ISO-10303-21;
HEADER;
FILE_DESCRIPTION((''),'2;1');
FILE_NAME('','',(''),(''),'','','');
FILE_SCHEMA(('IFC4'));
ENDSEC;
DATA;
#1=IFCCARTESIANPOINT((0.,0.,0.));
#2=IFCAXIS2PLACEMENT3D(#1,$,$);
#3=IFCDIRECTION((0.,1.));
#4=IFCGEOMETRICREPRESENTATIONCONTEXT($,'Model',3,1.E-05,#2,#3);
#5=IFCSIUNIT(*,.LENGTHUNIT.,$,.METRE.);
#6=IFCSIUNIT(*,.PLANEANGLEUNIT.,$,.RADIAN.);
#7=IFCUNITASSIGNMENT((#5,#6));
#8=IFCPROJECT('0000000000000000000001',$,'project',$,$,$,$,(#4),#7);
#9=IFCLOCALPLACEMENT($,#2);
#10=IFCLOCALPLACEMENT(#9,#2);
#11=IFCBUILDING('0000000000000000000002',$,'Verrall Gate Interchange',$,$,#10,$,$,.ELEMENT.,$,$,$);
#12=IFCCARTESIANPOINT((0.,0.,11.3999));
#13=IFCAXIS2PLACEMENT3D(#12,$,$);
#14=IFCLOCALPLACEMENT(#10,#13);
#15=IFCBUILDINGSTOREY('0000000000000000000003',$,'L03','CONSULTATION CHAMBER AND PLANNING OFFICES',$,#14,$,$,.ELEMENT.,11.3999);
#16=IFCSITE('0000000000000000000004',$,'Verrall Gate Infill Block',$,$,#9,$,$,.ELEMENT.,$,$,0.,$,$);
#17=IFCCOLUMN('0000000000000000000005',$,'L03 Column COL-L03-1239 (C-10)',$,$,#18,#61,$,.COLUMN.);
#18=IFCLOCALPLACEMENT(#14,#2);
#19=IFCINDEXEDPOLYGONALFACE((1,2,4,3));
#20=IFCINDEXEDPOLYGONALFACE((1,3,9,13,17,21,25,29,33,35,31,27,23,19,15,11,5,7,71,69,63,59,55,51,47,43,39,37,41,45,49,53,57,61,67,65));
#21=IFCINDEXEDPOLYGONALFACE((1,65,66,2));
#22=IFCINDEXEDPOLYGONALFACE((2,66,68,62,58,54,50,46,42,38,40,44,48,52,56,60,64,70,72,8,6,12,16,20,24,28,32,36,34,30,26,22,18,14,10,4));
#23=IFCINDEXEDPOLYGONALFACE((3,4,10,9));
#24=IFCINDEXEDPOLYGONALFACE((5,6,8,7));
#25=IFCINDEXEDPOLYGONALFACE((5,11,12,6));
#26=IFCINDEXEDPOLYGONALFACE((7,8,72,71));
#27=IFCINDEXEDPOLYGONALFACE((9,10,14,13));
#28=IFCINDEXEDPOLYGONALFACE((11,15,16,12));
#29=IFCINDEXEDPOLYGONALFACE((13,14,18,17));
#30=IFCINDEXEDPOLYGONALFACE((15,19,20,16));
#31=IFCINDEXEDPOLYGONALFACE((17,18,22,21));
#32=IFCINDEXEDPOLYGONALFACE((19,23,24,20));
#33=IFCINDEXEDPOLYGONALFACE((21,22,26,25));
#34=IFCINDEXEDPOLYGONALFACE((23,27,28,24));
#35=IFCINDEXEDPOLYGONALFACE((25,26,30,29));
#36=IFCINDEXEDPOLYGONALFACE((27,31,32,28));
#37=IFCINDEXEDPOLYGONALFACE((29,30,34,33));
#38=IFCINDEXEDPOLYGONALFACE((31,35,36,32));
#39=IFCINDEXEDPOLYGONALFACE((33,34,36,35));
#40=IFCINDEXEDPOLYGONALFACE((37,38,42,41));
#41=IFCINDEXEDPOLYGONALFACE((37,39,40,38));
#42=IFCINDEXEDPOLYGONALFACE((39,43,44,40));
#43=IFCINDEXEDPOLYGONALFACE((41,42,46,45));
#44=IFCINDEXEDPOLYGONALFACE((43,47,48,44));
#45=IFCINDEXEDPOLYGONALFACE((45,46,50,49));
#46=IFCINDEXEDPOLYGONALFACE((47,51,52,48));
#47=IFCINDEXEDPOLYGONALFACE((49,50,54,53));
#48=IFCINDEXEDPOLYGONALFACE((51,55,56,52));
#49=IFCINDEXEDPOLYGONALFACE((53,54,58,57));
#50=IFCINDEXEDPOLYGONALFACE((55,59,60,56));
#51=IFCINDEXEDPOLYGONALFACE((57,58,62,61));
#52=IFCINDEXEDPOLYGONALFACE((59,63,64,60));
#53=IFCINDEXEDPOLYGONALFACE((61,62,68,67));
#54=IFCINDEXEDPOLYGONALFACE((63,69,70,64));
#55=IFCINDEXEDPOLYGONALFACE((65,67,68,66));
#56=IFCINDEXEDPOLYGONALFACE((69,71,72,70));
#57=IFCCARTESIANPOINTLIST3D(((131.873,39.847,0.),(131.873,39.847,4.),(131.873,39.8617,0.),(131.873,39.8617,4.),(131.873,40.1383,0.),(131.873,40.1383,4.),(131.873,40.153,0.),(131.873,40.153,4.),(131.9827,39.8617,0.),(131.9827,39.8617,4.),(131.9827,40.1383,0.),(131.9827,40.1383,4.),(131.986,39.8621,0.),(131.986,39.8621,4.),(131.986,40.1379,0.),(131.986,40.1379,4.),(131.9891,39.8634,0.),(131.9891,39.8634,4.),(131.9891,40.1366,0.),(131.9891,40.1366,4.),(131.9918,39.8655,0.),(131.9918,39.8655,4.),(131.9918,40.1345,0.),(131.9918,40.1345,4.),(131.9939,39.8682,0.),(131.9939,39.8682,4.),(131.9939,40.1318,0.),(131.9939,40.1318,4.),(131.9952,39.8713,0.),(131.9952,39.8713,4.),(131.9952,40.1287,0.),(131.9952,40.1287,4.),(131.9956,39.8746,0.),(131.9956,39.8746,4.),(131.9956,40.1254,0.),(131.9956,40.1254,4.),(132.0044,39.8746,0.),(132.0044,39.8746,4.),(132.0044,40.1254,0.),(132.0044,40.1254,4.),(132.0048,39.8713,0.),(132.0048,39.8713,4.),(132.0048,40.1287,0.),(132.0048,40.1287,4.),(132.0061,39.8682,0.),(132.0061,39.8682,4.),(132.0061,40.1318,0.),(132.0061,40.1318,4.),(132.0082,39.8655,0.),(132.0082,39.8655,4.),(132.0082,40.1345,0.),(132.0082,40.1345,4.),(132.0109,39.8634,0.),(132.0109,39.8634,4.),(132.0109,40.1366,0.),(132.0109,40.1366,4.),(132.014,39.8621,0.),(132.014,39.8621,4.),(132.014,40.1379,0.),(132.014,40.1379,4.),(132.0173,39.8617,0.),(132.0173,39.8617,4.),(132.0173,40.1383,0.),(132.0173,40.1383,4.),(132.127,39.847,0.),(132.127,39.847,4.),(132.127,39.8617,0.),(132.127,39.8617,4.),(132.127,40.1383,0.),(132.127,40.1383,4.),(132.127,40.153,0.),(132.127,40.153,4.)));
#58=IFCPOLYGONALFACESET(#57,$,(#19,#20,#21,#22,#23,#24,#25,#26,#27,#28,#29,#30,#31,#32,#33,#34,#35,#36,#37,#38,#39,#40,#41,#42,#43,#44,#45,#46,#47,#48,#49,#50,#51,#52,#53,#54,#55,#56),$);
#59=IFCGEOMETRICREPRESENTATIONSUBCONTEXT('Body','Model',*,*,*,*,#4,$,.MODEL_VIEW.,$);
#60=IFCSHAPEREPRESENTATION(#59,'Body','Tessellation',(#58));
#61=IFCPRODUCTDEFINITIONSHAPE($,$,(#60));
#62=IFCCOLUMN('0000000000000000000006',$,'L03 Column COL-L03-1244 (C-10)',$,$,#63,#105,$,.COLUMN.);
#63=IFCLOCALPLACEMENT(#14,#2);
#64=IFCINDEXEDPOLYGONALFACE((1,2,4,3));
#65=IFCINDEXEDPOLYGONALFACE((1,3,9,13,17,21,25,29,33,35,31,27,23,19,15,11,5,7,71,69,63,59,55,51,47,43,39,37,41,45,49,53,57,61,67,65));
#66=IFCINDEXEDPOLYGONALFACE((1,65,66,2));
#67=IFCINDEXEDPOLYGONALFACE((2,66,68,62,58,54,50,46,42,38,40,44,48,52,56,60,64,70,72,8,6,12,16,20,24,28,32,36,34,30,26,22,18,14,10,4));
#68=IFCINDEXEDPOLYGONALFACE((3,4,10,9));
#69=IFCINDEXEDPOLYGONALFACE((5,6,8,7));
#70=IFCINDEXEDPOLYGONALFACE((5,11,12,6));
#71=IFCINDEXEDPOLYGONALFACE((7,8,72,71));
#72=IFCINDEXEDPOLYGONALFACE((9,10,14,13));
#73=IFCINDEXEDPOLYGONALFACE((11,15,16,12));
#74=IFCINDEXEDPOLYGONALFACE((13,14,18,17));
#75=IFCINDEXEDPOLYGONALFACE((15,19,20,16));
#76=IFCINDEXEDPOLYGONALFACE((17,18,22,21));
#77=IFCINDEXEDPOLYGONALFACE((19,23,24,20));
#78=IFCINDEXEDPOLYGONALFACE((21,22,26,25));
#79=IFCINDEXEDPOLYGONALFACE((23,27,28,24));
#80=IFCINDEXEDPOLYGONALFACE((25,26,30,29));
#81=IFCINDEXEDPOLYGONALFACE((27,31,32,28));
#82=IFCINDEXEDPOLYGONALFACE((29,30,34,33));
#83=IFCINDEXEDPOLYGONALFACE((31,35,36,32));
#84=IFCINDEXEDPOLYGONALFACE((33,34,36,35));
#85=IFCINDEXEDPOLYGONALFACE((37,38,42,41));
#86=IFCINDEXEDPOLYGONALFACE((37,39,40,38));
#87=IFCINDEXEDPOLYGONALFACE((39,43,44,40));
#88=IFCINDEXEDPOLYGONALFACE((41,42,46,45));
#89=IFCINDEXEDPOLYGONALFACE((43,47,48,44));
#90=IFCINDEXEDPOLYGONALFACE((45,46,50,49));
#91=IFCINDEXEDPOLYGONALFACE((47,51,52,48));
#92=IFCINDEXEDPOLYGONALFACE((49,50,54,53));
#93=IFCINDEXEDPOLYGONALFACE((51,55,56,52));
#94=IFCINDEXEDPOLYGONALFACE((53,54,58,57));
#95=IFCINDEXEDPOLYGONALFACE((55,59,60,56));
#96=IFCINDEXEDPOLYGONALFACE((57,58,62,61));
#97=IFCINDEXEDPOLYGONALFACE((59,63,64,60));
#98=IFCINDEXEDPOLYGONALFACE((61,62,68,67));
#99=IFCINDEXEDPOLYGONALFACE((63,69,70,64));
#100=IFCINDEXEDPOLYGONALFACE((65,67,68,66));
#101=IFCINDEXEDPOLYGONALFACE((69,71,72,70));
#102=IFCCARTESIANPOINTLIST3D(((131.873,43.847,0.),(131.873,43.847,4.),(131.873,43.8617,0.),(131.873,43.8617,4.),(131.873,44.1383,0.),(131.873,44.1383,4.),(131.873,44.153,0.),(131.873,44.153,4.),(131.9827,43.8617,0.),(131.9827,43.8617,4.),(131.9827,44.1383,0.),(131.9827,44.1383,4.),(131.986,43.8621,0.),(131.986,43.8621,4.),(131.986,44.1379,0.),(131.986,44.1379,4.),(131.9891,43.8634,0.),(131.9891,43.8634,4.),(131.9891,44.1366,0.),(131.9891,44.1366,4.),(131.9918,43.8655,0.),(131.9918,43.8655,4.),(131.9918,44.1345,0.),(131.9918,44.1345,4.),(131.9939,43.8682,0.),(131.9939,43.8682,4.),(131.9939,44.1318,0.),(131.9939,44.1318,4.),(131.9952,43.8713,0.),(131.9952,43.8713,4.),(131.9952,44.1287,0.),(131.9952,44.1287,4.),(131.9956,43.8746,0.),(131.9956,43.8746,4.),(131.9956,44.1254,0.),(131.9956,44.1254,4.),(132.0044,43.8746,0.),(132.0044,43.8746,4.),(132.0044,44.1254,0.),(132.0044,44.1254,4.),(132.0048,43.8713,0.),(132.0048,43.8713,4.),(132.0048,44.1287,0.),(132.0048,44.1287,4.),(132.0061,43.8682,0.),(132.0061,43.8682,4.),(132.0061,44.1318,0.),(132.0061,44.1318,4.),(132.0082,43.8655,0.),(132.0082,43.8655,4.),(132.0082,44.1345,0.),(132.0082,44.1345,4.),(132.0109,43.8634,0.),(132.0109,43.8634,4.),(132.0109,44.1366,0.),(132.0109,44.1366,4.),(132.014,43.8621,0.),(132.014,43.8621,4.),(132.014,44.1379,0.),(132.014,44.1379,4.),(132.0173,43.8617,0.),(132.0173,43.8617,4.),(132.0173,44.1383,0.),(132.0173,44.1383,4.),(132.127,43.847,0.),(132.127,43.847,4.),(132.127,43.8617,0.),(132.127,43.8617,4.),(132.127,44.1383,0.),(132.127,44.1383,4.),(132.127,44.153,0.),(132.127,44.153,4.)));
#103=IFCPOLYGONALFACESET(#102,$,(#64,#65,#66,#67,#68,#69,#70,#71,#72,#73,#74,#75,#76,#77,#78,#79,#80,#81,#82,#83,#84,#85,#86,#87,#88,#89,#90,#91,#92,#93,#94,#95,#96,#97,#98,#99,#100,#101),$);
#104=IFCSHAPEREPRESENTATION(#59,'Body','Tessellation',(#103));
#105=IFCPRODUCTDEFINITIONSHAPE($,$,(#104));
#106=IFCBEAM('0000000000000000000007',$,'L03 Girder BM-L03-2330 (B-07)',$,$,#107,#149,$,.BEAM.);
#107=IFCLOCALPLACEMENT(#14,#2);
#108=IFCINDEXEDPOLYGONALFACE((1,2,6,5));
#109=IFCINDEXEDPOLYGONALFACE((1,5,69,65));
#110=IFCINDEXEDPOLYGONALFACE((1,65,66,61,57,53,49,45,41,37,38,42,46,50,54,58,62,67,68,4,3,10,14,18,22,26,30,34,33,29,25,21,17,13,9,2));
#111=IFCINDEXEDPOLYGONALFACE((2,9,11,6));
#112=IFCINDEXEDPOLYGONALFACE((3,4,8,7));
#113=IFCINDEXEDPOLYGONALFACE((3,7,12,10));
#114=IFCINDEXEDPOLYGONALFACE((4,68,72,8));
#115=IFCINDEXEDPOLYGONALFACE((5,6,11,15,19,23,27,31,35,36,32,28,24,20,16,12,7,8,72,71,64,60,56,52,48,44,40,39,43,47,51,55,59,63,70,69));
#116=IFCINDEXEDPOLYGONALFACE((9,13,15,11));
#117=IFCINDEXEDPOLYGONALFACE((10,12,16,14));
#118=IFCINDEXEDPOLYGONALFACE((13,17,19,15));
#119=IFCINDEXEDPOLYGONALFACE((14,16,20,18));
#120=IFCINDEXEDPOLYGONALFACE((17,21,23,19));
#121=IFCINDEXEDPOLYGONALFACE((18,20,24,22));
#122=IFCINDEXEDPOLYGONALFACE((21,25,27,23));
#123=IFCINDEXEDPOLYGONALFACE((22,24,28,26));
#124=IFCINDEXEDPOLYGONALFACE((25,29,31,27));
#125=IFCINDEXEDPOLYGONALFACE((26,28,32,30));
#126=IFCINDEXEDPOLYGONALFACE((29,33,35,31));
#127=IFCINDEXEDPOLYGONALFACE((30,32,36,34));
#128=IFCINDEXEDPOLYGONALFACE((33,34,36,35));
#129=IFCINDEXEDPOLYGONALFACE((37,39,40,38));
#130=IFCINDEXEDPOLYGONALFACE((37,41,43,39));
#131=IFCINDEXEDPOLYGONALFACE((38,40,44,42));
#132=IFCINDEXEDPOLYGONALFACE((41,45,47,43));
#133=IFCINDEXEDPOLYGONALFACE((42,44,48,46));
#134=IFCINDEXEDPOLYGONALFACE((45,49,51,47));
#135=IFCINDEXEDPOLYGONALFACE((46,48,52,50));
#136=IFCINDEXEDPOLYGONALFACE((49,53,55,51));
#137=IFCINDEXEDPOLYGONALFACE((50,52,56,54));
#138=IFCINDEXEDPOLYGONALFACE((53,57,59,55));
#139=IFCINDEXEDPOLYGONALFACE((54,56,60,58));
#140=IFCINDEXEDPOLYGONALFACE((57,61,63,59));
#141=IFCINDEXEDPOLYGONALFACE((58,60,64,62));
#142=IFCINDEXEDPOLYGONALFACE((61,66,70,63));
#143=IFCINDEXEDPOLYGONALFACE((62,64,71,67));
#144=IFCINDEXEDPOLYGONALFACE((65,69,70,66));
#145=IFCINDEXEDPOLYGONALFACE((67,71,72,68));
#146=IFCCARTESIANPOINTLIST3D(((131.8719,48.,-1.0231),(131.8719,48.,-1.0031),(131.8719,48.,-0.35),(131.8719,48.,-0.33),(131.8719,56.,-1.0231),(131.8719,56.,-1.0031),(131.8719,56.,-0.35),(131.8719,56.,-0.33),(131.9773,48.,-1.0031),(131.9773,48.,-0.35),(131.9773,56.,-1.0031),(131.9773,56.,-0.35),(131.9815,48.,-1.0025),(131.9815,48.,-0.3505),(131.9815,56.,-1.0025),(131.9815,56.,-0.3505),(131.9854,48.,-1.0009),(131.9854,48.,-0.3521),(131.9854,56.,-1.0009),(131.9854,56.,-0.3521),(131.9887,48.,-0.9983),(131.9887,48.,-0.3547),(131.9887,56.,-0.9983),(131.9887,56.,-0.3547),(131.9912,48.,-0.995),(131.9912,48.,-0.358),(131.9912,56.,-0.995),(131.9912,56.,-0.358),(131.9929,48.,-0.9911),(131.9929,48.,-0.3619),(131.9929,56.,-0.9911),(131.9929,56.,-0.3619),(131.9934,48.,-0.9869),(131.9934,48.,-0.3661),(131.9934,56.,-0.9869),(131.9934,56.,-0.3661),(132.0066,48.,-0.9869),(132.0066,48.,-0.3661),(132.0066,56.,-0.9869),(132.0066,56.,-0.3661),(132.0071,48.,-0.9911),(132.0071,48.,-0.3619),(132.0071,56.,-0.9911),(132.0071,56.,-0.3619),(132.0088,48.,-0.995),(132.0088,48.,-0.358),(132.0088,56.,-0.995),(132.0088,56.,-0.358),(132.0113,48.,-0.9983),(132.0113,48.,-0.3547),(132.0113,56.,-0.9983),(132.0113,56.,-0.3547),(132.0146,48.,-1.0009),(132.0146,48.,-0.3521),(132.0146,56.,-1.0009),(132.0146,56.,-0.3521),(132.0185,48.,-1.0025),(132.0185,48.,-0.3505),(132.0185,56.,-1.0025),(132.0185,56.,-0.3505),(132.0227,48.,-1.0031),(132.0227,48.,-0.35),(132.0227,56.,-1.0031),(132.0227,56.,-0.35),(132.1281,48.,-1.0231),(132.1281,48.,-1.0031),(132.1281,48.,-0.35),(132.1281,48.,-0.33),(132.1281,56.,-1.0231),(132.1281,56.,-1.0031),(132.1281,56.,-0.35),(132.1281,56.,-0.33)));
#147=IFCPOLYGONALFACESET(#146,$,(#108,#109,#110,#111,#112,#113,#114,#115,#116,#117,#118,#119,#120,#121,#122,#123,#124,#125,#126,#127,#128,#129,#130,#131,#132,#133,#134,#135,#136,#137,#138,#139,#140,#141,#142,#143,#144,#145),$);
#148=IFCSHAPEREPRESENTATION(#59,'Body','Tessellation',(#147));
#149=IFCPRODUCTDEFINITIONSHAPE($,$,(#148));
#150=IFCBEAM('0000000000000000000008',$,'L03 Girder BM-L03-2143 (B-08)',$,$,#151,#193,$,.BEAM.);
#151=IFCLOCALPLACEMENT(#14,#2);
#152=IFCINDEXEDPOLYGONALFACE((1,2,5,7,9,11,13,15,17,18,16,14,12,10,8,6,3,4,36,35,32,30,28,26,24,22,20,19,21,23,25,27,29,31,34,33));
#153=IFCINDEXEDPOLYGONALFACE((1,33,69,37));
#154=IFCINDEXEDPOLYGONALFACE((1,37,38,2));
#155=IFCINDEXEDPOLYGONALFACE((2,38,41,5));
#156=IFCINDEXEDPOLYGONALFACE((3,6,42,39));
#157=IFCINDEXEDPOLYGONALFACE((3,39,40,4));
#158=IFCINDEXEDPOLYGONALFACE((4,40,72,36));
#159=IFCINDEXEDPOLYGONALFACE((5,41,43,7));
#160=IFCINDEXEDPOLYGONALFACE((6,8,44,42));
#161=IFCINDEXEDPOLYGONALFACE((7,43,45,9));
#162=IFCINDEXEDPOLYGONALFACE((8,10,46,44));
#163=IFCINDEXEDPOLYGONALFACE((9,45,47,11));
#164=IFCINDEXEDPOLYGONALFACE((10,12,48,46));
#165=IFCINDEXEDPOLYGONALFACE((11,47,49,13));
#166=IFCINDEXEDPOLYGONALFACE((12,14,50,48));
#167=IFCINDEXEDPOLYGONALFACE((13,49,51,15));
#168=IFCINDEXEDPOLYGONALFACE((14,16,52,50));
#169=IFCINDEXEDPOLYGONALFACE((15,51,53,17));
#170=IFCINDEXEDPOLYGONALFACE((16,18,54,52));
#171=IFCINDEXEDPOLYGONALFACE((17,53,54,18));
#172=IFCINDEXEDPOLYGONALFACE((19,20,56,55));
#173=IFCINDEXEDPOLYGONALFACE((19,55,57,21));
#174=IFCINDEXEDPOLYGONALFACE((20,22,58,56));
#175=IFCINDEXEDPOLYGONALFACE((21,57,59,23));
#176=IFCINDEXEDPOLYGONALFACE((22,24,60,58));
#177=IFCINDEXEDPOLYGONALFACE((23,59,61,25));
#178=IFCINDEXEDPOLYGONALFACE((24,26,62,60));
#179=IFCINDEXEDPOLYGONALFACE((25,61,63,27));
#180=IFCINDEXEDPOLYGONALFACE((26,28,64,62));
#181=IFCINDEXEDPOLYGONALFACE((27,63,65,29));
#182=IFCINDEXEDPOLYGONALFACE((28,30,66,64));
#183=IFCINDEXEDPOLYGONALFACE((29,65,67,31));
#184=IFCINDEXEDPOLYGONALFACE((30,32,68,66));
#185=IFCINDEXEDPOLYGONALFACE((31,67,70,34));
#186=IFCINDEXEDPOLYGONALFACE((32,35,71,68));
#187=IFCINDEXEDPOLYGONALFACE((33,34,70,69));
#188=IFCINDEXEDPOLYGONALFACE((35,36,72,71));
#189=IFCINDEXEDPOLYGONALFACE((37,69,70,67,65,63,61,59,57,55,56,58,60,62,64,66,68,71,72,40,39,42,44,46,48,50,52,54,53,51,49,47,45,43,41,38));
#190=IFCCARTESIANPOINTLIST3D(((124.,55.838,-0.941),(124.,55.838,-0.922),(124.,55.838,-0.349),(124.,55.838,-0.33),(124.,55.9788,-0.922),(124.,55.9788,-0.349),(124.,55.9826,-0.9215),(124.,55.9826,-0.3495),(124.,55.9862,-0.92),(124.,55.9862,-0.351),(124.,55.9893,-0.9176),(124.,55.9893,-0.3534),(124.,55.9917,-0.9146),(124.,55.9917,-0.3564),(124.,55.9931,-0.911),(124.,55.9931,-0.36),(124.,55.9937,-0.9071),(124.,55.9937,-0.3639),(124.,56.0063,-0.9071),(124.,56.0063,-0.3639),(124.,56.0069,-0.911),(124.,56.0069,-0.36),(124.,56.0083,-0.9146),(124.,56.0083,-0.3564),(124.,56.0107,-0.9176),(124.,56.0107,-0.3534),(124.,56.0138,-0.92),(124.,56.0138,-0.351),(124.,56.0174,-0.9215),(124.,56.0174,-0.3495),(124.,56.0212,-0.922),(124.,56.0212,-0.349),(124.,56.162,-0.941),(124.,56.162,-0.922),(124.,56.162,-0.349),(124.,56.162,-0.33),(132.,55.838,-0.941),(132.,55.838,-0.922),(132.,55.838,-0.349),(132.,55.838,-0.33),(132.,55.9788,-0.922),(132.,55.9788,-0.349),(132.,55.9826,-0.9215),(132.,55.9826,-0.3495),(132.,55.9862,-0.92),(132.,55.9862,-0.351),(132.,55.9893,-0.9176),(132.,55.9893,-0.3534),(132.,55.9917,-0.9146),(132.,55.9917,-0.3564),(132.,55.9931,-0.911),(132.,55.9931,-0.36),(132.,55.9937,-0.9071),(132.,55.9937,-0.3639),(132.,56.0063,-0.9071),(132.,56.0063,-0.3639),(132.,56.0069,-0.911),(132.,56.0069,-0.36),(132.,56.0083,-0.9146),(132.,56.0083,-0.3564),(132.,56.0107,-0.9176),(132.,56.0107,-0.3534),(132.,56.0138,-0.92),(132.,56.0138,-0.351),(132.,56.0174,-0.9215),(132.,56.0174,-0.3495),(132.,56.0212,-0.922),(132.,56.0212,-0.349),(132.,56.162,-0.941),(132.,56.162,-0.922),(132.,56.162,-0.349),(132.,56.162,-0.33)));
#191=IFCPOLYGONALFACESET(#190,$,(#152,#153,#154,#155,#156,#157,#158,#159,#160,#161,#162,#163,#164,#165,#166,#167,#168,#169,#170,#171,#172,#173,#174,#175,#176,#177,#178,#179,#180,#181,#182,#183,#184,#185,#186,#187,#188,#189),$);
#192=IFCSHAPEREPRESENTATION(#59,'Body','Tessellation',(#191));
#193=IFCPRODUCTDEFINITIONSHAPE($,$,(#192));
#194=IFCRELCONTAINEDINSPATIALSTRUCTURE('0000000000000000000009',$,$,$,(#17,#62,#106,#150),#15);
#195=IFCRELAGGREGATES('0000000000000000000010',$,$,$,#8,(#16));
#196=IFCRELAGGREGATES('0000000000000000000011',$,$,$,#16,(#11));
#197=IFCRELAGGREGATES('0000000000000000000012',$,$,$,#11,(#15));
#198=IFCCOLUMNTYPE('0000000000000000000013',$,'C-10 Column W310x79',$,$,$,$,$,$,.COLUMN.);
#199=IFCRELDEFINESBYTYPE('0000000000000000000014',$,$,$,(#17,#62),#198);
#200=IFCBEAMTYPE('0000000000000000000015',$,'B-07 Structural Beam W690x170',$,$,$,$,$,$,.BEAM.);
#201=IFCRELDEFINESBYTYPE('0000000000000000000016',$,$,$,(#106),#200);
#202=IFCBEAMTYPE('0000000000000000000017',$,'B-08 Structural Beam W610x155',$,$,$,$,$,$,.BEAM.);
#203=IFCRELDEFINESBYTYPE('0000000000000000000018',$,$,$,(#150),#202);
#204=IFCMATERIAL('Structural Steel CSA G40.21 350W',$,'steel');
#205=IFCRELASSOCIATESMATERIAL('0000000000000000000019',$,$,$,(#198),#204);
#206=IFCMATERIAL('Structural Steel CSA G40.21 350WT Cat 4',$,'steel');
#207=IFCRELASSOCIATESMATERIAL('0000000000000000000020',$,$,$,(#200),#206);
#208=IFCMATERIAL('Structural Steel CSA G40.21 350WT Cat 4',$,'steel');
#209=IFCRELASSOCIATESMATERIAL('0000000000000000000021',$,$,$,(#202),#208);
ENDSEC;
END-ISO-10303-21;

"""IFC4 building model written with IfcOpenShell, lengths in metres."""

from ifc_helpers import new_model, si_unit, direction, frame, origin, origin_2d, place, context, subcontext, project, spatial, i_section, extrude, material, material_profile, profile_set, type_object, element, save


model = new_model("IFC4")

# Units and contexts
model_context = context("Model", 3, precision=1e-05, world=origin(), true_north=direction((0.0, 1.0)))
body_context = subcontext(model_context, "Body", "Model", "MODEL_VIEW")
ifc_project = project(units=[si_unit("LENGTHUNIT", "METRE"), si_unit("PLANEANGLEUNIT", "RADIAN")], contexts=[model_context])

# Site, building, storey
site_placement = place(None, origin())
site = spatial("IfcSite", under=ifc_project, at=site_placement, Name="Verrall Gate Infill Block", CompositionType="ELEMENT", RefElevation=0.0)
building_placement = place(site_placement, origin())
building = spatial("IfcBuilding", under=site, at=building_placement, Name="Verrall Gate Interchange", CompositionType="ELEMENT")
storey_placement = place(building_placement, frame((0.0, 0.0, 11.3999)))
storey = spatial("IfcBuildingStorey", under=building, at=storey_placement, Name="L03", Description="CONSULTATION CHAMBER AND PLANNING OFFICES", CompositionType="ELEMENT", Elevation=11.3999)

# Columns
ifc_material_1 = material(Name="Structural Steel CSA G40.21 350W", Category="steel")
ifc_material_profile_1 = material_profile(ifc_material_1, i_section(OverallWidth=0.2539, OverallDepth=0.3059, WebThickness=0.0088, FlangeThickness=0.0146, FilletRadius=0.0129, at=origin_2d()), Name="W310x79")
ifc_profile_set_1 = profile_set([ifc_material_profile_1], Name="Structural Steel CSA G40.21 350W")
column_type = type_object("IfcColumnType", Name="C-10 Column W310x79", PredefinedType="COLUMN", material=ifc_profile_set_1)
for number, where, z_axis, x_axis, name in (
    (1, (132.0, 40.0, 0.0), (0.0, 0.0, 1.0), (1.0, 0.0, 0.0), "L03 Column COL-L03-1239 (C-10)"),
    (2, (132.0, 44.0, 0.0), (0.0, 0.0, 1.0), (1.0, 0.0, 0.0), "L03 Column COL-L03-1244 (C-10)"),
):
    element("IfcColumn", number, at=place(storey_placement, frame(where, z_axis=z_axis, x_axis=x_axis)), inside=storey, type_object=column_type, Name=name, PredefinedType="COLUMN", context=body_context, shape_type="SweptSolid", body=[
        extrude(i_section(OverallWidth=0.2539, OverallDepth=0.3059, WebThickness=0.0088, FlangeThickness=0.0146, FilletRadius=0.0129, at=origin_2d()), origin(), (0.0, 0.0, 1.0), 4.0),
    ])

# Beams
ifc_material_2 = material(Name="Structural Steel CSA G40.21 350WT Cat 4", Category="steel")
ifc_material_profile_2 = material_profile(ifc_material_2, i_section(OverallWidth=0.2561, OverallDepth=0.6931, WebThickness=0.0132, FlangeThickness=0.02, FilletRadius=0.0161, at=origin_2d()), Name="W690x170")
ifc_profile_set_2 = profile_set([ifc_material_profile_2], Name="Structural Steel CSA G40.21 350WT Cat 4")
beam_type_1 = type_object("IfcBeamType", Name="B-07 Structural Beam W690x170", PredefinedType="BEAM", material=ifc_profile_set_2)
beam_1_placement = place(storey_placement, frame((132.0, 48.0, -0.6765), z_axis=(0.0, 1.0, 0.0), x_axis=(-1.0, 0.0, 0.0)))
element("IfcBeam", 3, at=beam_1_placement, inside=storey, type_object=beam_type_1, Name="L03 Girder BM-L03-2330 (B-07)", PredefinedType="BEAM", context=body_context, shape_type="SweptSolid", body=[
    extrude(i_section(OverallWidth=0.2561, OverallDepth=0.6931, WebThickness=0.0132, FlangeThickness=0.02, FilletRadius=0.0161, at=origin_2d()), origin(), (0.0, 0.0, 1.0), 8.0),
])
ifc_material_3 = material(Name="Structural Steel CSA G40.21 350WT Cat 4", Category="steel")
ifc_material_profile_3 = material_profile(ifc_material_3, i_section(OverallWidth=0.324, OverallDepth=0.6111, WebThickness=0.0127, FlangeThickness=0.019, FilletRadius=0.0149, at=origin_2d()), Name="W610x155")
ifc_profile_set_3 = profile_set([ifc_material_profile_3], Name="Structural Steel CSA G40.21 350WT Cat 4")
beam_type_2 = type_object("IfcBeamType", Name="B-08 Structural Beam W610x155", PredefinedType="BEAM", material=ifc_profile_set_3)
beam_2_placement = place(storey_placement, frame((124.0, 56.0, -0.6355), z_axis=(1.0, 0.0, 0.0), x_axis=(0.0, 1.0, 0.0)))
element("IfcBeam", 4, at=beam_2_placement, inside=storey, type_object=beam_type_2, Name="L03 Girder BM-L03-2143 (B-08)", PredefinedType="BEAM", context=body_context, shape_type="SweptSolid", body=[
    extrude(i_section(OverallWidth=0.324, OverallDepth=0.6111, WebThickness=0.0127, FlangeThickness=0.019, FilletRadius=0.0149, at=origin_2d()), origin(), (0.0, 0.0, 1.0), 8.0),
])

save(model, "model.ifc")
